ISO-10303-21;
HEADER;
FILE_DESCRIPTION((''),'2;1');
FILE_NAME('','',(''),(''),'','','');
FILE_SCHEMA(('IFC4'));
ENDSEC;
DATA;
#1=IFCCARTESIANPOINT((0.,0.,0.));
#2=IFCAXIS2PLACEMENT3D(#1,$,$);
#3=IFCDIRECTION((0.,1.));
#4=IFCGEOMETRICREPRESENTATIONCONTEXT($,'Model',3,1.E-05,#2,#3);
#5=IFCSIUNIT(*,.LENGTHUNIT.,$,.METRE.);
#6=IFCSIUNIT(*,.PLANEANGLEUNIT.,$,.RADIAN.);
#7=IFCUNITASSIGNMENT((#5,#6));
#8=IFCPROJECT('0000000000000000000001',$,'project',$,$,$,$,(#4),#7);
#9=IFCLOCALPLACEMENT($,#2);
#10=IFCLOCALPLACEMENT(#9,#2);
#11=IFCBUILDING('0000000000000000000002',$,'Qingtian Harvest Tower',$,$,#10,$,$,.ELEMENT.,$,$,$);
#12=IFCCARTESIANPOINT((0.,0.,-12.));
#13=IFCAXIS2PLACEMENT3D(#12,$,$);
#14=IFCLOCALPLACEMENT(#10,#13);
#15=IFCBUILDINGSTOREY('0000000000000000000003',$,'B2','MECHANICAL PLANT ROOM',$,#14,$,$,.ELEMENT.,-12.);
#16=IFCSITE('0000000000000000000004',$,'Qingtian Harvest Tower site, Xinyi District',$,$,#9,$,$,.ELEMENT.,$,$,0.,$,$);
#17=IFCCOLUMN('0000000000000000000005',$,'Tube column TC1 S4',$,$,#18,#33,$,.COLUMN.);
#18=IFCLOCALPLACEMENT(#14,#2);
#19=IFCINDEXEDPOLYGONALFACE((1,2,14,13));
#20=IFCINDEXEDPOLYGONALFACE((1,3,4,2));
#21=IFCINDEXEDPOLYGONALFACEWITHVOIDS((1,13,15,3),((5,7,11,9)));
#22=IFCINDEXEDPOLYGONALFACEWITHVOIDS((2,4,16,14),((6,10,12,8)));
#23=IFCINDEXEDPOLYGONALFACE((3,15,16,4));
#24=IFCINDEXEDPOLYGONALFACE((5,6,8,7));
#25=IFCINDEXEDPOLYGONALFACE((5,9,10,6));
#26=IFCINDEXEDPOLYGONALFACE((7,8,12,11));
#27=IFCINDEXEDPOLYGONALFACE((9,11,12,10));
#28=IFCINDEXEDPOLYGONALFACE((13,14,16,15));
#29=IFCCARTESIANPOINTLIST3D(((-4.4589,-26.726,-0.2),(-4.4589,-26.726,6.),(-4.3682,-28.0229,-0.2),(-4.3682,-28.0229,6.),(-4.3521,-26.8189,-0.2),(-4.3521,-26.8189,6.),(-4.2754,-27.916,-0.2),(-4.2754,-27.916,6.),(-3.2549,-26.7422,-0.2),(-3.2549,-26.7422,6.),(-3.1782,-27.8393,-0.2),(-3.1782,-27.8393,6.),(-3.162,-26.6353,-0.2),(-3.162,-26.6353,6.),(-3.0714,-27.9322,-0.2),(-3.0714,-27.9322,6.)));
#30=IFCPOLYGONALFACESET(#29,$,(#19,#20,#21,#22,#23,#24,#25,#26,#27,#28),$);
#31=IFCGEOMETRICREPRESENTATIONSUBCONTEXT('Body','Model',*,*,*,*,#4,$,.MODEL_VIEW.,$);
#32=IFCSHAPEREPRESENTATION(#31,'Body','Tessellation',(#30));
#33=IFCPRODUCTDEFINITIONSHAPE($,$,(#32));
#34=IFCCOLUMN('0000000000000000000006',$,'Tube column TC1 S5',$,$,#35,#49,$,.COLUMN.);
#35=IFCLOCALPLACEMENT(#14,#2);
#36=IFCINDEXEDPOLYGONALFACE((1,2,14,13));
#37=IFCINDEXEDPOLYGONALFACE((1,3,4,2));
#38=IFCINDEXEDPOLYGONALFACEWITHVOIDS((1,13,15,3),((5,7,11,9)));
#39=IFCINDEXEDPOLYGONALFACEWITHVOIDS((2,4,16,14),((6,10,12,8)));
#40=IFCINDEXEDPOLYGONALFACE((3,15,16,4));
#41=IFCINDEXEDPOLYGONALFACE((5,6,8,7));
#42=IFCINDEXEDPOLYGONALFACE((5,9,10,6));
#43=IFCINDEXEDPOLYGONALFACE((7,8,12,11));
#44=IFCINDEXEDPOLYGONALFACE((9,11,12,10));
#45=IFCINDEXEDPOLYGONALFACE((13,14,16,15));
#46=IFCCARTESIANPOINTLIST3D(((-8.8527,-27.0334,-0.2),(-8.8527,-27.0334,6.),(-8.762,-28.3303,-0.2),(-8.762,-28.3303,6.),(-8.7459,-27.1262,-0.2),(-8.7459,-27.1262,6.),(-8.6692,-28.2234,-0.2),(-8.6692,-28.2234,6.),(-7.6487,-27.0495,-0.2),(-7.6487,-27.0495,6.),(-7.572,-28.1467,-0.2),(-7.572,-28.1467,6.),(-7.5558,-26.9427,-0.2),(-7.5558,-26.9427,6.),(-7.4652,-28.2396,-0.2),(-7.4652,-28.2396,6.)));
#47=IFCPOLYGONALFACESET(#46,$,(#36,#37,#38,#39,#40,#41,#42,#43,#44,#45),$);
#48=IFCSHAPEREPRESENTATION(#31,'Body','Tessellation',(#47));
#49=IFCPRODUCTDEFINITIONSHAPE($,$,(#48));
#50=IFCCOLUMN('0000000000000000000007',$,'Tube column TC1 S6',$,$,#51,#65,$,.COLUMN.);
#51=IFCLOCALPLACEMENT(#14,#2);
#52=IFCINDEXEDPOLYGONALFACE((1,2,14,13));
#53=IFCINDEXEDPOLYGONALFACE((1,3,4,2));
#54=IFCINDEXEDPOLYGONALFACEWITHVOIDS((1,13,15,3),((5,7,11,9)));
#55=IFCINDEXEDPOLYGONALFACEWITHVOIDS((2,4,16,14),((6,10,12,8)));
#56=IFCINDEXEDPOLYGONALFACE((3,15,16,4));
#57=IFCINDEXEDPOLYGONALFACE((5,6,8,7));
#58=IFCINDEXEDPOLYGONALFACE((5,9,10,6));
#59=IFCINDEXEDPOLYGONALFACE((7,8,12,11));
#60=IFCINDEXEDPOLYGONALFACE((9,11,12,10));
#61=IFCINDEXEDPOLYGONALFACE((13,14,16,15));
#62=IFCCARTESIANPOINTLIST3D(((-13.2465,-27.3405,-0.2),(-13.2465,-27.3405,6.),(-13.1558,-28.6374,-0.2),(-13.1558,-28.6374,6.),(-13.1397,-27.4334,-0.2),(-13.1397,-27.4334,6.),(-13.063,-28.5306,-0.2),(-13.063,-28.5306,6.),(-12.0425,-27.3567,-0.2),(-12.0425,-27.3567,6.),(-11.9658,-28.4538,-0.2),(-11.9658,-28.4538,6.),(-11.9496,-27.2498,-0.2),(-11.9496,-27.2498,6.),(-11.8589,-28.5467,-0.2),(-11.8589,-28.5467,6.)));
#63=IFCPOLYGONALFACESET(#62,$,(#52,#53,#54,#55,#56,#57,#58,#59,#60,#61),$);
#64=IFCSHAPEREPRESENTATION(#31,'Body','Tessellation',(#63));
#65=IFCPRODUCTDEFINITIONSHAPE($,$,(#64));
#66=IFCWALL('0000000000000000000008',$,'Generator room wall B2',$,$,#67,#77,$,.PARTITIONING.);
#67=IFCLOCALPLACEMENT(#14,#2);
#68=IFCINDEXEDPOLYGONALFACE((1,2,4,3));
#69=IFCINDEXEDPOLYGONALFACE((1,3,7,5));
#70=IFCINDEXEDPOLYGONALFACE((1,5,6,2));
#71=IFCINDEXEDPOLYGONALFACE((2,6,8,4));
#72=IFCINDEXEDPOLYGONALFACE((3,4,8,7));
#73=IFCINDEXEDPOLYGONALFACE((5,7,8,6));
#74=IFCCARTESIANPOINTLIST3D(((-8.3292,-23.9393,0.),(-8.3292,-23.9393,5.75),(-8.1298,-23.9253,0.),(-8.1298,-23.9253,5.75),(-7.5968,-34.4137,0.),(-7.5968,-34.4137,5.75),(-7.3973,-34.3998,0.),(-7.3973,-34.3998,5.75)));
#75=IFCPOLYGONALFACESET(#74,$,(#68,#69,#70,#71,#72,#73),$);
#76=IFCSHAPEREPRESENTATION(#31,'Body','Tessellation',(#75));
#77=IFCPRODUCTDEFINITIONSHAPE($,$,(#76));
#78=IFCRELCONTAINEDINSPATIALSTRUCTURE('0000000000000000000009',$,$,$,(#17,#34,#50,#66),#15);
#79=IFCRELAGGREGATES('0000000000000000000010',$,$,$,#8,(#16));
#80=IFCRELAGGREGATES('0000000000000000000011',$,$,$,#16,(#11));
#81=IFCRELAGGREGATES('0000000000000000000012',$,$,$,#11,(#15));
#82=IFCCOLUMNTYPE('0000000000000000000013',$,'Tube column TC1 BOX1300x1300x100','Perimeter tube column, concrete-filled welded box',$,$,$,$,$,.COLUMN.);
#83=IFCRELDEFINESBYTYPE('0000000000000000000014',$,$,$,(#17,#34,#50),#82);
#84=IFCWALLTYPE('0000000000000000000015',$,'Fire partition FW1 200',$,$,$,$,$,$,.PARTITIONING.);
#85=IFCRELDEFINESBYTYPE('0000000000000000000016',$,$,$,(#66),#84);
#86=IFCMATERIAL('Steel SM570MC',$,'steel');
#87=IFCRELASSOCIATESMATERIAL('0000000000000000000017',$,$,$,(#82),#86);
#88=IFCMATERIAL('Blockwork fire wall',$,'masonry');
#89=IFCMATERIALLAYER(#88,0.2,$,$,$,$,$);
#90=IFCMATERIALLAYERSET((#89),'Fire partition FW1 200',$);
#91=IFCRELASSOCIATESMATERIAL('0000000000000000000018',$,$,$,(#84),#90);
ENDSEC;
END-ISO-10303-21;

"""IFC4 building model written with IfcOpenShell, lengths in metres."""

from ifc_helpers import new_model, si_unit, direction, frame, frame_2d, origin, origin_2d, place, context, subcontext, project, spatial, rectangle, hollow_rectangle, extrude, material, layer, layer_set, material_profile, profile_set, type_object, element, save


model = new_model("IFC4")

# Units and contexts
model_context = context("Model", 3, precision=1e-05, world=origin(), true_north=direction((0.0, 1.0)))
body_context = subcontext(model_context, "Body", "Model", "MODEL_VIEW")
ifc_project = project(units=[si_unit("LENGTHUNIT", "METRE"), si_unit("PLANEANGLEUNIT", "RADIAN")], contexts=[model_context])

# Site, building, storey
site_placement = place(None, origin())
site = spatial("IfcSite", under=ifc_project, at=site_placement, Name="Qingtian Harvest Tower site, Xinyi District", CompositionType="ELEMENT", RefElevation=0.0)
building_placement = place(site_placement, origin())
building = spatial("IfcBuilding", under=site, at=building_placement, Name="Qingtian Harvest Tower", CompositionType="ELEMENT")
storey_placement = place(building_placement, frame((0.0, 0.0, -12.0)))
storey = spatial("IfcBuildingStorey", under=building, at=storey_placement, Name="B2", Description="MECHANICAL PLANT ROOM", CompositionType="ELEMENT", Elevation=-12.0)

# Columns
ifc_material_1 = material(Name="Steel SM570MC", Category="steel")
ifc_material_profile_1 = material_profile(ifc_material_1, hollow_rectangle(XDim=1.3, YDim=1.3, WallThickness=0.1001, at=origin_2d()), Name="BOX1300x1300x100")
ifc_profile_set_1 = profile_set([ifc_material_profile_1], Name="Steel SM570MC")
column_type_1 = type_object("IfcColumnType", Name="Tube column TC1 BOX1300x1300x100", Description="Perimeter tube column, concrete-filled welded box", PredefinedType="COLUMN", material=ifc_profile_set_1)
for number, where, z_axis, x_axis, name in (
    (1, (-3.7651, -27.3291, -0.2), (0.0, 0.0, 1.0), (0.997564, 0.069756, 0.0), "Tube column TC1 S4"),
    (2, (-8.1589, -27.6365, -0.2), (0.0, 0.0, 1.0), (0.997564, 0.069756, 0.0), "Tube column TC1 S5"),
    (3, (-12.5527, -27.9436, -0.2), (0.0, 0.0, 1.0), (0.997564, 0.069756, 0.0), "Tube column TC1 S6"),
):
    element("IfcColumn", number, at=place(storey_placement, frame(where, z_axis=z_axis, x_axis=x_axis)), inside=storey, type_object=column_type_1, Name=name, PredefinedType="COLUMN", context=body_context, shape_type="SweptSolid", body=[
        extrude(hollow_rectangle(XDim=1.3, YDim=1.3, WallThickness=0.1001, at=origin_2d()), origin(), (0.0, 0.0, 1.0), 6.2),
    ])

# Wall
ifc_material_2 = material(Name="Blockwork fire wall", Category="masonry")
ifc_layer = layer(ifc_material_2, 0.2)
ifc_layer_set = layer_set([ifc_layer], Name="Fire partition FW1 200")
wall_type = type_object("IfcWallType", Name="Fire partition FW1 200", PredefinedType="PARTITIONING", material=ifc_layer_set)
wall_placement = place(storey_placement, frame((-7.4971, -34.4067, 0.0), z_axis=(0.0, 0.0, 1.0), x_axis=(-0.069755, 0.997564, 0.0)))
element("IfcWall", 4, at=wall_placement, inside=storey, type_object=wall_type, Name="Generator room wall B2", PredefinedType="PARTITIONING", context=body_context, shape_type="SweptSolid", body=[
    extrude(rectangle(XDim=10.5, YDim=0.2, at=frame_2d((5.25, 0.0))), origin(), (0.0, 0.0, 1.0), 5.75),
])

save(model, "model.ifc")
